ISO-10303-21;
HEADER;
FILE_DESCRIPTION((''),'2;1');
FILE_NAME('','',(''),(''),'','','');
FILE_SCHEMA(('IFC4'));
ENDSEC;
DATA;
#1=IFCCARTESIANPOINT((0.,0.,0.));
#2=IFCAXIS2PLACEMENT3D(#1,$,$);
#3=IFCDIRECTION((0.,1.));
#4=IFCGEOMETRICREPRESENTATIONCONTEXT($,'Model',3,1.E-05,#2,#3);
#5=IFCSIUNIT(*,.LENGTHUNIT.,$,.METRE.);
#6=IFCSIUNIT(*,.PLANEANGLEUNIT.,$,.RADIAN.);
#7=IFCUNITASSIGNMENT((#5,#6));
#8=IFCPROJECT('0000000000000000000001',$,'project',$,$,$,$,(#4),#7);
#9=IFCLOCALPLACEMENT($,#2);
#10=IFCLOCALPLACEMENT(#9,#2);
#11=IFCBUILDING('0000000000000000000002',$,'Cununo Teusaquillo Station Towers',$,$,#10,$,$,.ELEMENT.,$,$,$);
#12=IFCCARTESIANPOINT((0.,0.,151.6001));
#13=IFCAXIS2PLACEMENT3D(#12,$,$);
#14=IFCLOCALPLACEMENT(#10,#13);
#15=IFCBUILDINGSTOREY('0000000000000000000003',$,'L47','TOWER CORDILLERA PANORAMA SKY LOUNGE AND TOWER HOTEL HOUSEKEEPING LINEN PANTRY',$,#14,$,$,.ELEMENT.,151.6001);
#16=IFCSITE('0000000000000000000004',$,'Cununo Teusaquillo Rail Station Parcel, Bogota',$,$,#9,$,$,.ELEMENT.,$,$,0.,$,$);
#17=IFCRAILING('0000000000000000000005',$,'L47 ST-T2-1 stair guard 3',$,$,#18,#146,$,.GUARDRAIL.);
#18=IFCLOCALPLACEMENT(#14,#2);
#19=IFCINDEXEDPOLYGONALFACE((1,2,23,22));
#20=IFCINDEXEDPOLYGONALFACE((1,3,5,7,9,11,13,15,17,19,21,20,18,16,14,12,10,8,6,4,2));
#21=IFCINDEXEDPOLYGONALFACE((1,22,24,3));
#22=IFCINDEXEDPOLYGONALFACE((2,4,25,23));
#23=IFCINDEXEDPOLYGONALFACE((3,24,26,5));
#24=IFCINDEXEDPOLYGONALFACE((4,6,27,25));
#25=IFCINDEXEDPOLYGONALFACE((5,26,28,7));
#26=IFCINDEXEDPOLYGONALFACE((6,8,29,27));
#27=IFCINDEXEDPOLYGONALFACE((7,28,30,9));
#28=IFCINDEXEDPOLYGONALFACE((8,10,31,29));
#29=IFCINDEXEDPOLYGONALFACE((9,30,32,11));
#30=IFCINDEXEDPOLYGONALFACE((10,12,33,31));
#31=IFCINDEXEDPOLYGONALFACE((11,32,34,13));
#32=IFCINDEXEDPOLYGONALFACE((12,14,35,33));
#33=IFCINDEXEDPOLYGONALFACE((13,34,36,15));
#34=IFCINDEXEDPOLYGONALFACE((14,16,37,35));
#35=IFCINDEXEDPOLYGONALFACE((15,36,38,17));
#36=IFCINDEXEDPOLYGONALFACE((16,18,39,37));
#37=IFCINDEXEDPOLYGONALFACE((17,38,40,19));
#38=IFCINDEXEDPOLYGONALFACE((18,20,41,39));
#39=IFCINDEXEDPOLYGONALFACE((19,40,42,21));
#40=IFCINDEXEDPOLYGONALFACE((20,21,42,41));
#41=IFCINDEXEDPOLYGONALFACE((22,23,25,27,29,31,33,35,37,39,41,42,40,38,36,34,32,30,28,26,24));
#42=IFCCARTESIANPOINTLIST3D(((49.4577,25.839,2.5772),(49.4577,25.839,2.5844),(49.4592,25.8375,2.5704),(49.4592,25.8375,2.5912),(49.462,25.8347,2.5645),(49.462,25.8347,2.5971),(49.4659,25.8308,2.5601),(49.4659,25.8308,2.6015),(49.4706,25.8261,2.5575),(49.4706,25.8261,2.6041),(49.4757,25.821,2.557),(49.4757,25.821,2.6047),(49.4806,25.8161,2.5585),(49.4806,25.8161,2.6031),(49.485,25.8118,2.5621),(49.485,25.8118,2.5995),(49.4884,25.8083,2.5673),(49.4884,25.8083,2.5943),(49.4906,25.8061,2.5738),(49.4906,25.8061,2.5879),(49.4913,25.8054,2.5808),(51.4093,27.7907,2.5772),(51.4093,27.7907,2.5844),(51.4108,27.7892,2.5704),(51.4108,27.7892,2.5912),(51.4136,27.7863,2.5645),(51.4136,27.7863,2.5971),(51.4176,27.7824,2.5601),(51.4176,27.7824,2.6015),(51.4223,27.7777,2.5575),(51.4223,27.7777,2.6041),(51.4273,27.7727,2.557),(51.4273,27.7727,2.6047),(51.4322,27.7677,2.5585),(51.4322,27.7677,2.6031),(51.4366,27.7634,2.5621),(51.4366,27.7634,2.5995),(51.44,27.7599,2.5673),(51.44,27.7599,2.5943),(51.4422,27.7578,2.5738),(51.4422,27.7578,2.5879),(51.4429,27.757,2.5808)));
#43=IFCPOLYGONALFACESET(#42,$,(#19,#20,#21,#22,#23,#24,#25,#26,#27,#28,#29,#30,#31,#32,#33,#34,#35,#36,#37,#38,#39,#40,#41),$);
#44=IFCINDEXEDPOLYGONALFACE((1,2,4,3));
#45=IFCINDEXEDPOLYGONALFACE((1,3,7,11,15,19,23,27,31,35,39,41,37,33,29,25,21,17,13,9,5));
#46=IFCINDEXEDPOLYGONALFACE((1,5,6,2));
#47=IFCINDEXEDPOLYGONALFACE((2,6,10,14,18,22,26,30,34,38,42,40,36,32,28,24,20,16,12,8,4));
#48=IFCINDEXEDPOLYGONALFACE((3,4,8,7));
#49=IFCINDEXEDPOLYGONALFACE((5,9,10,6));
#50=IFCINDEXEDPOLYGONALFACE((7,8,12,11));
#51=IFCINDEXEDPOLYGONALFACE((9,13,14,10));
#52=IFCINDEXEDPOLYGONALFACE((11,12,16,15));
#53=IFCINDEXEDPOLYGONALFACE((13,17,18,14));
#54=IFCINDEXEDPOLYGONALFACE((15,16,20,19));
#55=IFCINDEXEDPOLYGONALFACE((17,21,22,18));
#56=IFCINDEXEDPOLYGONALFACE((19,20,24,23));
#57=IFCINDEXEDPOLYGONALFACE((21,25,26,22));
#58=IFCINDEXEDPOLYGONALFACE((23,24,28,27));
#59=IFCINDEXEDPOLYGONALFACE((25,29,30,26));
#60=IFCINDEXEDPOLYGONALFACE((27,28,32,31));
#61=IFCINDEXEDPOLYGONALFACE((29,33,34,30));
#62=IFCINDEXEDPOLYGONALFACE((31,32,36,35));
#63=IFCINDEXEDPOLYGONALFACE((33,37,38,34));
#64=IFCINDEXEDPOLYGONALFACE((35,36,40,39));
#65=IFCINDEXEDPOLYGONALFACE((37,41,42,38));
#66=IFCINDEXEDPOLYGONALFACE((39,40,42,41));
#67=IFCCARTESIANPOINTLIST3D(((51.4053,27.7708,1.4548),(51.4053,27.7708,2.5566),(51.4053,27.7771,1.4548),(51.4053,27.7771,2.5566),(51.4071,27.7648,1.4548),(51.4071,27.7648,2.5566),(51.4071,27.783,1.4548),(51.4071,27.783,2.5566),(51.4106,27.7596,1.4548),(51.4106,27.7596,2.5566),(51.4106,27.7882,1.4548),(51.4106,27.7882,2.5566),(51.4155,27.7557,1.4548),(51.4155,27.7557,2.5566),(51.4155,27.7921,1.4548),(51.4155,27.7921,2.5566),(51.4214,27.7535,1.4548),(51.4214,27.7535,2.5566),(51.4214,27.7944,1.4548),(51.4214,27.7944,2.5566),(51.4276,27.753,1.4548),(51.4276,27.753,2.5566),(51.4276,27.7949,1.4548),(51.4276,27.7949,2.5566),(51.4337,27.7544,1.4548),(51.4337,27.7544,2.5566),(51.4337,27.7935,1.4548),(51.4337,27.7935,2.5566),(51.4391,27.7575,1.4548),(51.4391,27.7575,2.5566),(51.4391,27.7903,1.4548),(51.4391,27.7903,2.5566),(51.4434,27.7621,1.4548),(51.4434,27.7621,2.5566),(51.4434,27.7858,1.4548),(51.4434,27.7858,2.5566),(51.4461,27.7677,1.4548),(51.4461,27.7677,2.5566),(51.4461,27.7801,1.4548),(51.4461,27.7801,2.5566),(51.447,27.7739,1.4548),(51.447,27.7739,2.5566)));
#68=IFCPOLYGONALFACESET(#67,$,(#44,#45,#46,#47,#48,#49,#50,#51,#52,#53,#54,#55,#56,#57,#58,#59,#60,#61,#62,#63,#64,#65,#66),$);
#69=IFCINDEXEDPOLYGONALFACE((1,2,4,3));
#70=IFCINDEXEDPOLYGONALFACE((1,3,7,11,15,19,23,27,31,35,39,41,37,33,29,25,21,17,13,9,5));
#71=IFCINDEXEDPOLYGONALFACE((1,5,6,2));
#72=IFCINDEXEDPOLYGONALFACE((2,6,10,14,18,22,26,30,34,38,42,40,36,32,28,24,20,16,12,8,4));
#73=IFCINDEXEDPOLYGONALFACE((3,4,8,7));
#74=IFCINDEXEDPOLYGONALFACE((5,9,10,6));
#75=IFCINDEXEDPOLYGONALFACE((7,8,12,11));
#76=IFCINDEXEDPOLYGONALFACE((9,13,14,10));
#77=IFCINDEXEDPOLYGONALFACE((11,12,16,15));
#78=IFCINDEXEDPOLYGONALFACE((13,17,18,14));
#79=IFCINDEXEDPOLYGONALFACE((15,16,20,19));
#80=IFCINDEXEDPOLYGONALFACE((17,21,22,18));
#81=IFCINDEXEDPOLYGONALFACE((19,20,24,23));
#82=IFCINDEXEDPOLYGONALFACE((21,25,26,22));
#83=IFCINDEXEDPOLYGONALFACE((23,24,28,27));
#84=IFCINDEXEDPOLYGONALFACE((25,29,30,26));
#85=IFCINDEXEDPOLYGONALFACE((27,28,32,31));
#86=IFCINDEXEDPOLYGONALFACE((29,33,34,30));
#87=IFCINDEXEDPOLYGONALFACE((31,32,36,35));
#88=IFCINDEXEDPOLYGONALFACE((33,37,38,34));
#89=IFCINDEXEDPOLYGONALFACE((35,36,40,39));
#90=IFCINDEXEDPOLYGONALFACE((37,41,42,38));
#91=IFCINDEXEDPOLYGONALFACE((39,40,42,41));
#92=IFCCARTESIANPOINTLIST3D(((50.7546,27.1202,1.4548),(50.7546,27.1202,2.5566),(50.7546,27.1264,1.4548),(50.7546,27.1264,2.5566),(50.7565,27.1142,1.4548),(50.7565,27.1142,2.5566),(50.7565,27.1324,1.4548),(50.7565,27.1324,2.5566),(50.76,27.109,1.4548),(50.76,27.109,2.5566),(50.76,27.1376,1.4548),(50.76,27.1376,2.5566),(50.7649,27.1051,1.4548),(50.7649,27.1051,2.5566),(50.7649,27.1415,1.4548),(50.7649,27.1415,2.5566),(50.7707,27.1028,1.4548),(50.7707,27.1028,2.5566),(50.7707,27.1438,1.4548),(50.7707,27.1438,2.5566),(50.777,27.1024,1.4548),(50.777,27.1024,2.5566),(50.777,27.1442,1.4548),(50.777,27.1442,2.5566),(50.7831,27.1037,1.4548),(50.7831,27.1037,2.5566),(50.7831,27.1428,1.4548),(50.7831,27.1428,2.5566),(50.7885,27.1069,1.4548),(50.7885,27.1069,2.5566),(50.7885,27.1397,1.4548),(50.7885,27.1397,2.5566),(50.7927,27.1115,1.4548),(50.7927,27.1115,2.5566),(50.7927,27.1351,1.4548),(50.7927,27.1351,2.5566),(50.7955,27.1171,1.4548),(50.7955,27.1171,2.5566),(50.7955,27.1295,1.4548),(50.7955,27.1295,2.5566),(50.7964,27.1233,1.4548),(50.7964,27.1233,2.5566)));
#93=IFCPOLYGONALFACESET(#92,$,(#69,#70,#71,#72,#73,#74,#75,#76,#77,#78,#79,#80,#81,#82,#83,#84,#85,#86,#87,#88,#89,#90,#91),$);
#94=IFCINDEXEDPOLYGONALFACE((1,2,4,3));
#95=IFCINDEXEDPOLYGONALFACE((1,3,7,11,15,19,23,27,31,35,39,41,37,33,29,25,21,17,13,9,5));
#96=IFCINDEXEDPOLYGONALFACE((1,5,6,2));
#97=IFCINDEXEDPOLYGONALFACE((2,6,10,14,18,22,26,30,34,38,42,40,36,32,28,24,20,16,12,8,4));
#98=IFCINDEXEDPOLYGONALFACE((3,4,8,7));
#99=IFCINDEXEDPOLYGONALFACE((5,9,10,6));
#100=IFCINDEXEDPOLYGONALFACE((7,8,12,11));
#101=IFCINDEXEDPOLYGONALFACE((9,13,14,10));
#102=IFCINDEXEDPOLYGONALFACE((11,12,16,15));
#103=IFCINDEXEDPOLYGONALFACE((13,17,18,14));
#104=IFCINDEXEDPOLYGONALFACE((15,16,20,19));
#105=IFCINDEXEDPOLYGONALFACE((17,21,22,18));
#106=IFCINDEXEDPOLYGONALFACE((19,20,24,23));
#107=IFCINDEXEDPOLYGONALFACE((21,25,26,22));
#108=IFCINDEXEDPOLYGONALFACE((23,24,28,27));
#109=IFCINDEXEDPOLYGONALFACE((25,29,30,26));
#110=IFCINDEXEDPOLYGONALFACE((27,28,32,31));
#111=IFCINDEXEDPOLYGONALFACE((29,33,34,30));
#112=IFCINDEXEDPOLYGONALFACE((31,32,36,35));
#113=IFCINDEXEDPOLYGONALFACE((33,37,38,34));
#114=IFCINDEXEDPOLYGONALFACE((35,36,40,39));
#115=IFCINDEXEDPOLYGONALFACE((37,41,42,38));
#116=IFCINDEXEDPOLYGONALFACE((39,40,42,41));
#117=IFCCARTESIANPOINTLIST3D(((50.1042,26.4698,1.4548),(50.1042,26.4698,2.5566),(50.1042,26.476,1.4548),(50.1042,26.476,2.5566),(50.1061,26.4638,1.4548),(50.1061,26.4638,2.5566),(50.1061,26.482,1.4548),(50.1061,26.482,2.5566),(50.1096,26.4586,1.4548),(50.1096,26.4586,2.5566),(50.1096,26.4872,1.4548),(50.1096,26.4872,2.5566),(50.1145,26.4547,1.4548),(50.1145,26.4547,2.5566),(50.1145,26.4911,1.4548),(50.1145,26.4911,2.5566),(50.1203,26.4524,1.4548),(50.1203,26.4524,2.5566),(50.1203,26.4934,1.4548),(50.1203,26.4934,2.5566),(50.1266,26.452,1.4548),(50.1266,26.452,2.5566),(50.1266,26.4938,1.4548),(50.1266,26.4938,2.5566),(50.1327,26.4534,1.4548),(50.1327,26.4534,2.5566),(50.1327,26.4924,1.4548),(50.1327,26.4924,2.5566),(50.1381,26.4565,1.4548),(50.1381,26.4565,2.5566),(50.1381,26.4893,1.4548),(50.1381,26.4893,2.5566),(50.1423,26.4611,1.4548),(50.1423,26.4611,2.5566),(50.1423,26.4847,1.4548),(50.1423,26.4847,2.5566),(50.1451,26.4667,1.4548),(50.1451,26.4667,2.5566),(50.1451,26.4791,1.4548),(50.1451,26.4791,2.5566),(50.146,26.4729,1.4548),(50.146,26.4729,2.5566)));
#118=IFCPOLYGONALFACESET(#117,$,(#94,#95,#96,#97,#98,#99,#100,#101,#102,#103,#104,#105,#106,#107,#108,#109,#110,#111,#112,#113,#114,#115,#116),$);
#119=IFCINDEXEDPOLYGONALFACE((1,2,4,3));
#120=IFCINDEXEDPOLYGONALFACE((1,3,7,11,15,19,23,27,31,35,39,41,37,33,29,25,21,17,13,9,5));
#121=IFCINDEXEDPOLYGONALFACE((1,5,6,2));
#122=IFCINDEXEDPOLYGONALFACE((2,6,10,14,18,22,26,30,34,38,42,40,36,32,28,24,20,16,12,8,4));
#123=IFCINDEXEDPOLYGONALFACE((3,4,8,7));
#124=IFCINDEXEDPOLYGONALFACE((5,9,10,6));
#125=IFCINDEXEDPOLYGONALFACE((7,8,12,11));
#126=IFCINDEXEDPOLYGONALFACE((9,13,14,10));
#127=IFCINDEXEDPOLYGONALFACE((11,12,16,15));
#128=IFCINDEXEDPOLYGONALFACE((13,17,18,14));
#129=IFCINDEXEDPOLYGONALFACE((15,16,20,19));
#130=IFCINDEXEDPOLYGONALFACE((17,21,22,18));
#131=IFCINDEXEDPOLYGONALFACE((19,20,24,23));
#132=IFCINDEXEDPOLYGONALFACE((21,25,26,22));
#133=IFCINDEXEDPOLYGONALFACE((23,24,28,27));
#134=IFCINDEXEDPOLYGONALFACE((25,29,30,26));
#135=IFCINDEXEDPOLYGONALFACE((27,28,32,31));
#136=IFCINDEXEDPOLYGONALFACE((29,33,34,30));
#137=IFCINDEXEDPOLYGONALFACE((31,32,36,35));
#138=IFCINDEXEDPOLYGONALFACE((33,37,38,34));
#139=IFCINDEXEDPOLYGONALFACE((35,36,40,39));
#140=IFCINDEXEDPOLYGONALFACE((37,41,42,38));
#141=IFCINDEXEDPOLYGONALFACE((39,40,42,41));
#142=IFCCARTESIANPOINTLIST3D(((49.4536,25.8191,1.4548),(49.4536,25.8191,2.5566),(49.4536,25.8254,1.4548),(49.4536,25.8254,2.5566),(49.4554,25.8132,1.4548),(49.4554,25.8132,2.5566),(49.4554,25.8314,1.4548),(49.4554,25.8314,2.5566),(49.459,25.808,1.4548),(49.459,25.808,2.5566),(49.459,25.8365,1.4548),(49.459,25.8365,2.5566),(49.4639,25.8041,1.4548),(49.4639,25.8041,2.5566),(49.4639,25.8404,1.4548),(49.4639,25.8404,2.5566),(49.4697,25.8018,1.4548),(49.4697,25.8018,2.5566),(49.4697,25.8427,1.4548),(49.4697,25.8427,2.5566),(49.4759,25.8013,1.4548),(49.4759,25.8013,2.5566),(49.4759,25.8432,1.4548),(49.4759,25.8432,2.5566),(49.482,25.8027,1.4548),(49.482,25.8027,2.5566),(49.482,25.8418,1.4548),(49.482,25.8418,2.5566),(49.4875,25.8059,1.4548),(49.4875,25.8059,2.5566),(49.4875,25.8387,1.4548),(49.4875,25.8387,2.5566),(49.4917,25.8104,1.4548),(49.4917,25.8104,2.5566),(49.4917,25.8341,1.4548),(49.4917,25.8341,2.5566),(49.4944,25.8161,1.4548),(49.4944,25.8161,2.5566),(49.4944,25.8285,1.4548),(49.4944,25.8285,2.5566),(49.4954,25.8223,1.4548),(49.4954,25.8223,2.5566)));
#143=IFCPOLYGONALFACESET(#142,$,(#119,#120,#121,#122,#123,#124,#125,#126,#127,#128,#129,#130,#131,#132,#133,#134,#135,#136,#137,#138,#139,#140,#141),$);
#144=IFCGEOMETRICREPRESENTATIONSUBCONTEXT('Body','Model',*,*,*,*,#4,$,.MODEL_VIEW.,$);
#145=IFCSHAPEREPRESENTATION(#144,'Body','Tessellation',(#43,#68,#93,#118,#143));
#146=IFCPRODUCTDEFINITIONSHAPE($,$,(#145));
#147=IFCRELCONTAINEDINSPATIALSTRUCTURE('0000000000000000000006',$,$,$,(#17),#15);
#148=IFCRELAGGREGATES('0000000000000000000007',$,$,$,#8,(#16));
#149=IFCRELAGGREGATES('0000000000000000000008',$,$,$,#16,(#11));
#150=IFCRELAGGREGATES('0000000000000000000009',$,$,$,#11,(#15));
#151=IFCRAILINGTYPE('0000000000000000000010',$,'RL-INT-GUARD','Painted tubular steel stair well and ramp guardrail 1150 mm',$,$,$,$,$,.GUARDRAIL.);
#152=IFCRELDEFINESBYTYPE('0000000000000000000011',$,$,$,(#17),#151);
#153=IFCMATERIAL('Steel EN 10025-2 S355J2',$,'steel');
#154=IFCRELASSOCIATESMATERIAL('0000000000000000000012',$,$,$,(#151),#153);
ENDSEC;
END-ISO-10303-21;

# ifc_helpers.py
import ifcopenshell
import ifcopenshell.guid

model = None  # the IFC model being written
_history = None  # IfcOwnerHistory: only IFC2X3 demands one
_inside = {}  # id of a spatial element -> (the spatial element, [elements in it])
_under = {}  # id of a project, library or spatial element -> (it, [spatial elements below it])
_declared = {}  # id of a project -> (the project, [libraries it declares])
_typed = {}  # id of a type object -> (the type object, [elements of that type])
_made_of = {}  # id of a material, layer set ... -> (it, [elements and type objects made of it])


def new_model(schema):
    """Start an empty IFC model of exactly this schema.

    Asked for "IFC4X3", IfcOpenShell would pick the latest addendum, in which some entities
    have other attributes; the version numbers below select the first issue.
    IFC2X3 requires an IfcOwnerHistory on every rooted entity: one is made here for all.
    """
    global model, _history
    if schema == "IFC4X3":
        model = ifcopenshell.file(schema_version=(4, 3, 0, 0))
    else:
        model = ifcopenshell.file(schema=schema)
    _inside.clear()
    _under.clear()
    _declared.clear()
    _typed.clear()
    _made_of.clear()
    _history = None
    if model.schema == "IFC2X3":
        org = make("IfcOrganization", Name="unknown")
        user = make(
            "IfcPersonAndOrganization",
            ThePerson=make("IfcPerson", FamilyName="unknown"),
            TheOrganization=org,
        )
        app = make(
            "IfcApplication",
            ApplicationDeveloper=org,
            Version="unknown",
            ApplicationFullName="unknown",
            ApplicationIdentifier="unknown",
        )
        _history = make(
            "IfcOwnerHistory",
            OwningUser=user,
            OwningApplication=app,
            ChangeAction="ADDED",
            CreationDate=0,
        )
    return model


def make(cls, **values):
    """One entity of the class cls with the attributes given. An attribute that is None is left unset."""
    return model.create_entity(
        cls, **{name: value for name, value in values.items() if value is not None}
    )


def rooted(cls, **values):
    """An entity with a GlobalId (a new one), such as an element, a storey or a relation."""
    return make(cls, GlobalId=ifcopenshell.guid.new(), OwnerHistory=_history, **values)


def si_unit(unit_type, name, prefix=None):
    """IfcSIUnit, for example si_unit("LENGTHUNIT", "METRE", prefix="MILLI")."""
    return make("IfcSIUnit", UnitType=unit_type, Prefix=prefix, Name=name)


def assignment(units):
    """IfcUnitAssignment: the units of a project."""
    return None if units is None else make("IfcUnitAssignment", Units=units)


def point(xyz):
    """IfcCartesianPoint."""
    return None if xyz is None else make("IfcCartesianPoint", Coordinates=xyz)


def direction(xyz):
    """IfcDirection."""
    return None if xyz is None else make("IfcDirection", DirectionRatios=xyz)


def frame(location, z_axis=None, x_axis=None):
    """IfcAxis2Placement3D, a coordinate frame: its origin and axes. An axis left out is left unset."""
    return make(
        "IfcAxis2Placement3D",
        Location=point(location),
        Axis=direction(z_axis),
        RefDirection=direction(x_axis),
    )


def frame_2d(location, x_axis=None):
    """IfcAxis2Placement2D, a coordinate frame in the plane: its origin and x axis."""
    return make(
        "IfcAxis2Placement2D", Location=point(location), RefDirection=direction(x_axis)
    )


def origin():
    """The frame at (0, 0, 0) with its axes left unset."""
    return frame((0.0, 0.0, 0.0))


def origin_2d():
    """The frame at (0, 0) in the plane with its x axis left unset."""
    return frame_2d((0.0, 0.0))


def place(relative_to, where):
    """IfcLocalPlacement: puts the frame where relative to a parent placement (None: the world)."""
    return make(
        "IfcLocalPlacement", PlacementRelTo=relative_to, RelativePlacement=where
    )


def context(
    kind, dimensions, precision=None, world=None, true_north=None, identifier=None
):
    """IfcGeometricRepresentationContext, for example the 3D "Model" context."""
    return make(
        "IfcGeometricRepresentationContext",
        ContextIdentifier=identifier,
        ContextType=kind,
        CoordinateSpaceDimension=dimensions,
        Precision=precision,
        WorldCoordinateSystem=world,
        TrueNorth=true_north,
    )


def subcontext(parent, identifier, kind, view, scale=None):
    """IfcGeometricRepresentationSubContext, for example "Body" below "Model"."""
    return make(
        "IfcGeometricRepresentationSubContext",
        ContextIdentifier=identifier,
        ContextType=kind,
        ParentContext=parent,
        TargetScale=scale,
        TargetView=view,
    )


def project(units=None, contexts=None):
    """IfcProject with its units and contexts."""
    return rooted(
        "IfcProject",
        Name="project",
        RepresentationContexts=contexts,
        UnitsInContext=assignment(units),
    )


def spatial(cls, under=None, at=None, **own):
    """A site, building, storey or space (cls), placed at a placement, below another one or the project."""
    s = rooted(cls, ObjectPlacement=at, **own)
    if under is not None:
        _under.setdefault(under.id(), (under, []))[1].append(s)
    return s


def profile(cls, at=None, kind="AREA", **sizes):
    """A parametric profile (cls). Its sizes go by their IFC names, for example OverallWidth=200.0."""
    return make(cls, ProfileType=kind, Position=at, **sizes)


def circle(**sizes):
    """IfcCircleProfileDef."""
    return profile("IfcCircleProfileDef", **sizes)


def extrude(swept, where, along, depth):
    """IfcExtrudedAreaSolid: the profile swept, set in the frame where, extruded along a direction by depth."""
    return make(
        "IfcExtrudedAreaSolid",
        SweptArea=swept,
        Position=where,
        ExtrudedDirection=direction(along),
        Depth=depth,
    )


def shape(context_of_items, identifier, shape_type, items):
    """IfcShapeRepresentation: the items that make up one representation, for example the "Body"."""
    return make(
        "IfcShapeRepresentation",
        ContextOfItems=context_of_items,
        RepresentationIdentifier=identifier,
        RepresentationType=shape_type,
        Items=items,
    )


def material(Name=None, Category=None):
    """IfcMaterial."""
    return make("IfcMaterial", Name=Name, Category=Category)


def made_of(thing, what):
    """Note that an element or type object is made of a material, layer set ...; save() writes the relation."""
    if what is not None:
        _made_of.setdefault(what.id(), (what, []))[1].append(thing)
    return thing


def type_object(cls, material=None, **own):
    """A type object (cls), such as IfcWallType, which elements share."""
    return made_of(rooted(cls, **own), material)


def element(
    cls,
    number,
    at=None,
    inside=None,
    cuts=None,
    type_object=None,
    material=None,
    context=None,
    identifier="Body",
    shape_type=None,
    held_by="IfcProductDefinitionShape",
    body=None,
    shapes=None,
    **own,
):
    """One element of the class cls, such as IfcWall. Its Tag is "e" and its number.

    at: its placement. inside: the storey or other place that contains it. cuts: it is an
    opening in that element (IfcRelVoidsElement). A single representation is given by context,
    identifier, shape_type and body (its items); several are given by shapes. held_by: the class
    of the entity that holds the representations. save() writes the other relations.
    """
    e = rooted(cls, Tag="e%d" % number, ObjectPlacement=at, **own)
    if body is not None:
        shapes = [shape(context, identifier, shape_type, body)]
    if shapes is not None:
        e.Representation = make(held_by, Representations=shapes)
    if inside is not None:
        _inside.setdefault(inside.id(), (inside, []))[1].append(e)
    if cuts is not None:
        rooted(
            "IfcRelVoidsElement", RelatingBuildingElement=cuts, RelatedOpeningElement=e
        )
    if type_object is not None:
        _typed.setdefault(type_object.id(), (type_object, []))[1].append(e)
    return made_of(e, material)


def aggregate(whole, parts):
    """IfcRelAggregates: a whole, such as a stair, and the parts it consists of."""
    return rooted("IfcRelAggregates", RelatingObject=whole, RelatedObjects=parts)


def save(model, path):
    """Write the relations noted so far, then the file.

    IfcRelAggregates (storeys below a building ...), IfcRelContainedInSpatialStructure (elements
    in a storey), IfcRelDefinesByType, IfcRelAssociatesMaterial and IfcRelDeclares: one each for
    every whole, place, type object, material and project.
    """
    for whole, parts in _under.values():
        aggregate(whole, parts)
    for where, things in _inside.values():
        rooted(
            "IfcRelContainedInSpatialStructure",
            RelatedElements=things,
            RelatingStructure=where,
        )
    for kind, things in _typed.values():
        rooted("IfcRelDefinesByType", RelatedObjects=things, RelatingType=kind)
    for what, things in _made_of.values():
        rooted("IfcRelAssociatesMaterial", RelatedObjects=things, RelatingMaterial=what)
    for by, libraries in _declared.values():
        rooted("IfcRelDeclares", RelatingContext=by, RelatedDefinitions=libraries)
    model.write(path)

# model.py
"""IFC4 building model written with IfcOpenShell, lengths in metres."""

from ifc_helpers import new_model, si_unit, direction, frame, origin, origin_2d, place, context, subcontext, project, spatial, circle, extrude, material, type_object, element, save


model = new_model("IFC4")

# Units and contexts
model_context = context("Model", 3, precision=1e-05, world=origin(), true_north=direction((0.0, 1.0)))
body_context = subcontext(model_context, "Body", "Model", "MODEL_VIEW")
ifc_project = project(units=[si_unit("LENGTHUNIT", "METRE"), si_unit("PLANEANGLEUNIT", "RADIAN")], contexts=[model_context])

# Site, building, storey
site_placement = place(None, origin())
site = spatial("IfcSite", under=ifc_project, at=site_placement, Name="Cununo Teusaquillo Rail Station Parcel, Bogota", CompositionType="ELEMENT", RefElevation=0.0)
building_placement = place(site_placement, origin())
building = spatial("IfcBuilding", under=site, at=building_placement, Name="Cununo Teusaquillo Station Towers", CompositionType="ELEMENT")
storey_placement = place(building_placement, frame((0.0, 0.0, 151.6001)))
storey = spatial("IfcBuildingStorey", under=building, at=storey_placement, Name="L47", Description="TOWER CORDILLERA PANORAMA SKY LOUNGE AND TOWER HOTEL HOUSEKEEPING LINEN PANTRY", CompositionType="ELEMENT", Elevation=151.6001)

# Railing
ifc_material_1 = material(Name="Steel EN 10025-2 S355J2", Category="steel")
railing_type = type_object("IfcRailingType", Name="RL-INT-GUARD", Description="Painted tubular steel stair well and ramp guardrail 1150 mm", PredefinedType="GUARDRAIL", material=ifc_material_1)
railing_1_placement = place(storey_placement, frame((51.426, 27.7739, 1.4548)))
element("IfcRailing", 1, at=railing_1_placement, inside=storey, type_object=railing_type, Name="L47 ST-T2-1 stair guard 3", PredefinedType="GUARDRAIL", context=body_context, shape_type="SweptSolid", body=[
    extrude(circle(Radius=0.0239, at=origin_2d()), frame((0.0, 0.0, 1.126), z_axis=(-0.707107, -0.707107, 0.0), x_axis=(0.707107, -0.707107, 0.0)), (0.0, 0.0, 1.0), 2.76),
    extrude(circle(Radius=0.021, at=origin_2d()), origin(), (0.0, 0.0, 1.0), 1.1018),
    extrude(circle(Radius=0.021, at=origin_2d()), frame((-0.6506, -0.6506, 0.0)), (0.0, 0.0, 1.0), 1.1018),
    extrude(circle(Radius=0.021, at=origin_2d()), frame((-1.301, -1.301, 0.0)), (0.0, 0.0, 1.0), 1.1018),
    extrude(circle(Radius=0.021, at=origin_2d()), frame((-1.9517, -1.9517, 0.0)), (0.0, 0.0, 1.0), 1.1018),
])

save(model, "model.ifc")
